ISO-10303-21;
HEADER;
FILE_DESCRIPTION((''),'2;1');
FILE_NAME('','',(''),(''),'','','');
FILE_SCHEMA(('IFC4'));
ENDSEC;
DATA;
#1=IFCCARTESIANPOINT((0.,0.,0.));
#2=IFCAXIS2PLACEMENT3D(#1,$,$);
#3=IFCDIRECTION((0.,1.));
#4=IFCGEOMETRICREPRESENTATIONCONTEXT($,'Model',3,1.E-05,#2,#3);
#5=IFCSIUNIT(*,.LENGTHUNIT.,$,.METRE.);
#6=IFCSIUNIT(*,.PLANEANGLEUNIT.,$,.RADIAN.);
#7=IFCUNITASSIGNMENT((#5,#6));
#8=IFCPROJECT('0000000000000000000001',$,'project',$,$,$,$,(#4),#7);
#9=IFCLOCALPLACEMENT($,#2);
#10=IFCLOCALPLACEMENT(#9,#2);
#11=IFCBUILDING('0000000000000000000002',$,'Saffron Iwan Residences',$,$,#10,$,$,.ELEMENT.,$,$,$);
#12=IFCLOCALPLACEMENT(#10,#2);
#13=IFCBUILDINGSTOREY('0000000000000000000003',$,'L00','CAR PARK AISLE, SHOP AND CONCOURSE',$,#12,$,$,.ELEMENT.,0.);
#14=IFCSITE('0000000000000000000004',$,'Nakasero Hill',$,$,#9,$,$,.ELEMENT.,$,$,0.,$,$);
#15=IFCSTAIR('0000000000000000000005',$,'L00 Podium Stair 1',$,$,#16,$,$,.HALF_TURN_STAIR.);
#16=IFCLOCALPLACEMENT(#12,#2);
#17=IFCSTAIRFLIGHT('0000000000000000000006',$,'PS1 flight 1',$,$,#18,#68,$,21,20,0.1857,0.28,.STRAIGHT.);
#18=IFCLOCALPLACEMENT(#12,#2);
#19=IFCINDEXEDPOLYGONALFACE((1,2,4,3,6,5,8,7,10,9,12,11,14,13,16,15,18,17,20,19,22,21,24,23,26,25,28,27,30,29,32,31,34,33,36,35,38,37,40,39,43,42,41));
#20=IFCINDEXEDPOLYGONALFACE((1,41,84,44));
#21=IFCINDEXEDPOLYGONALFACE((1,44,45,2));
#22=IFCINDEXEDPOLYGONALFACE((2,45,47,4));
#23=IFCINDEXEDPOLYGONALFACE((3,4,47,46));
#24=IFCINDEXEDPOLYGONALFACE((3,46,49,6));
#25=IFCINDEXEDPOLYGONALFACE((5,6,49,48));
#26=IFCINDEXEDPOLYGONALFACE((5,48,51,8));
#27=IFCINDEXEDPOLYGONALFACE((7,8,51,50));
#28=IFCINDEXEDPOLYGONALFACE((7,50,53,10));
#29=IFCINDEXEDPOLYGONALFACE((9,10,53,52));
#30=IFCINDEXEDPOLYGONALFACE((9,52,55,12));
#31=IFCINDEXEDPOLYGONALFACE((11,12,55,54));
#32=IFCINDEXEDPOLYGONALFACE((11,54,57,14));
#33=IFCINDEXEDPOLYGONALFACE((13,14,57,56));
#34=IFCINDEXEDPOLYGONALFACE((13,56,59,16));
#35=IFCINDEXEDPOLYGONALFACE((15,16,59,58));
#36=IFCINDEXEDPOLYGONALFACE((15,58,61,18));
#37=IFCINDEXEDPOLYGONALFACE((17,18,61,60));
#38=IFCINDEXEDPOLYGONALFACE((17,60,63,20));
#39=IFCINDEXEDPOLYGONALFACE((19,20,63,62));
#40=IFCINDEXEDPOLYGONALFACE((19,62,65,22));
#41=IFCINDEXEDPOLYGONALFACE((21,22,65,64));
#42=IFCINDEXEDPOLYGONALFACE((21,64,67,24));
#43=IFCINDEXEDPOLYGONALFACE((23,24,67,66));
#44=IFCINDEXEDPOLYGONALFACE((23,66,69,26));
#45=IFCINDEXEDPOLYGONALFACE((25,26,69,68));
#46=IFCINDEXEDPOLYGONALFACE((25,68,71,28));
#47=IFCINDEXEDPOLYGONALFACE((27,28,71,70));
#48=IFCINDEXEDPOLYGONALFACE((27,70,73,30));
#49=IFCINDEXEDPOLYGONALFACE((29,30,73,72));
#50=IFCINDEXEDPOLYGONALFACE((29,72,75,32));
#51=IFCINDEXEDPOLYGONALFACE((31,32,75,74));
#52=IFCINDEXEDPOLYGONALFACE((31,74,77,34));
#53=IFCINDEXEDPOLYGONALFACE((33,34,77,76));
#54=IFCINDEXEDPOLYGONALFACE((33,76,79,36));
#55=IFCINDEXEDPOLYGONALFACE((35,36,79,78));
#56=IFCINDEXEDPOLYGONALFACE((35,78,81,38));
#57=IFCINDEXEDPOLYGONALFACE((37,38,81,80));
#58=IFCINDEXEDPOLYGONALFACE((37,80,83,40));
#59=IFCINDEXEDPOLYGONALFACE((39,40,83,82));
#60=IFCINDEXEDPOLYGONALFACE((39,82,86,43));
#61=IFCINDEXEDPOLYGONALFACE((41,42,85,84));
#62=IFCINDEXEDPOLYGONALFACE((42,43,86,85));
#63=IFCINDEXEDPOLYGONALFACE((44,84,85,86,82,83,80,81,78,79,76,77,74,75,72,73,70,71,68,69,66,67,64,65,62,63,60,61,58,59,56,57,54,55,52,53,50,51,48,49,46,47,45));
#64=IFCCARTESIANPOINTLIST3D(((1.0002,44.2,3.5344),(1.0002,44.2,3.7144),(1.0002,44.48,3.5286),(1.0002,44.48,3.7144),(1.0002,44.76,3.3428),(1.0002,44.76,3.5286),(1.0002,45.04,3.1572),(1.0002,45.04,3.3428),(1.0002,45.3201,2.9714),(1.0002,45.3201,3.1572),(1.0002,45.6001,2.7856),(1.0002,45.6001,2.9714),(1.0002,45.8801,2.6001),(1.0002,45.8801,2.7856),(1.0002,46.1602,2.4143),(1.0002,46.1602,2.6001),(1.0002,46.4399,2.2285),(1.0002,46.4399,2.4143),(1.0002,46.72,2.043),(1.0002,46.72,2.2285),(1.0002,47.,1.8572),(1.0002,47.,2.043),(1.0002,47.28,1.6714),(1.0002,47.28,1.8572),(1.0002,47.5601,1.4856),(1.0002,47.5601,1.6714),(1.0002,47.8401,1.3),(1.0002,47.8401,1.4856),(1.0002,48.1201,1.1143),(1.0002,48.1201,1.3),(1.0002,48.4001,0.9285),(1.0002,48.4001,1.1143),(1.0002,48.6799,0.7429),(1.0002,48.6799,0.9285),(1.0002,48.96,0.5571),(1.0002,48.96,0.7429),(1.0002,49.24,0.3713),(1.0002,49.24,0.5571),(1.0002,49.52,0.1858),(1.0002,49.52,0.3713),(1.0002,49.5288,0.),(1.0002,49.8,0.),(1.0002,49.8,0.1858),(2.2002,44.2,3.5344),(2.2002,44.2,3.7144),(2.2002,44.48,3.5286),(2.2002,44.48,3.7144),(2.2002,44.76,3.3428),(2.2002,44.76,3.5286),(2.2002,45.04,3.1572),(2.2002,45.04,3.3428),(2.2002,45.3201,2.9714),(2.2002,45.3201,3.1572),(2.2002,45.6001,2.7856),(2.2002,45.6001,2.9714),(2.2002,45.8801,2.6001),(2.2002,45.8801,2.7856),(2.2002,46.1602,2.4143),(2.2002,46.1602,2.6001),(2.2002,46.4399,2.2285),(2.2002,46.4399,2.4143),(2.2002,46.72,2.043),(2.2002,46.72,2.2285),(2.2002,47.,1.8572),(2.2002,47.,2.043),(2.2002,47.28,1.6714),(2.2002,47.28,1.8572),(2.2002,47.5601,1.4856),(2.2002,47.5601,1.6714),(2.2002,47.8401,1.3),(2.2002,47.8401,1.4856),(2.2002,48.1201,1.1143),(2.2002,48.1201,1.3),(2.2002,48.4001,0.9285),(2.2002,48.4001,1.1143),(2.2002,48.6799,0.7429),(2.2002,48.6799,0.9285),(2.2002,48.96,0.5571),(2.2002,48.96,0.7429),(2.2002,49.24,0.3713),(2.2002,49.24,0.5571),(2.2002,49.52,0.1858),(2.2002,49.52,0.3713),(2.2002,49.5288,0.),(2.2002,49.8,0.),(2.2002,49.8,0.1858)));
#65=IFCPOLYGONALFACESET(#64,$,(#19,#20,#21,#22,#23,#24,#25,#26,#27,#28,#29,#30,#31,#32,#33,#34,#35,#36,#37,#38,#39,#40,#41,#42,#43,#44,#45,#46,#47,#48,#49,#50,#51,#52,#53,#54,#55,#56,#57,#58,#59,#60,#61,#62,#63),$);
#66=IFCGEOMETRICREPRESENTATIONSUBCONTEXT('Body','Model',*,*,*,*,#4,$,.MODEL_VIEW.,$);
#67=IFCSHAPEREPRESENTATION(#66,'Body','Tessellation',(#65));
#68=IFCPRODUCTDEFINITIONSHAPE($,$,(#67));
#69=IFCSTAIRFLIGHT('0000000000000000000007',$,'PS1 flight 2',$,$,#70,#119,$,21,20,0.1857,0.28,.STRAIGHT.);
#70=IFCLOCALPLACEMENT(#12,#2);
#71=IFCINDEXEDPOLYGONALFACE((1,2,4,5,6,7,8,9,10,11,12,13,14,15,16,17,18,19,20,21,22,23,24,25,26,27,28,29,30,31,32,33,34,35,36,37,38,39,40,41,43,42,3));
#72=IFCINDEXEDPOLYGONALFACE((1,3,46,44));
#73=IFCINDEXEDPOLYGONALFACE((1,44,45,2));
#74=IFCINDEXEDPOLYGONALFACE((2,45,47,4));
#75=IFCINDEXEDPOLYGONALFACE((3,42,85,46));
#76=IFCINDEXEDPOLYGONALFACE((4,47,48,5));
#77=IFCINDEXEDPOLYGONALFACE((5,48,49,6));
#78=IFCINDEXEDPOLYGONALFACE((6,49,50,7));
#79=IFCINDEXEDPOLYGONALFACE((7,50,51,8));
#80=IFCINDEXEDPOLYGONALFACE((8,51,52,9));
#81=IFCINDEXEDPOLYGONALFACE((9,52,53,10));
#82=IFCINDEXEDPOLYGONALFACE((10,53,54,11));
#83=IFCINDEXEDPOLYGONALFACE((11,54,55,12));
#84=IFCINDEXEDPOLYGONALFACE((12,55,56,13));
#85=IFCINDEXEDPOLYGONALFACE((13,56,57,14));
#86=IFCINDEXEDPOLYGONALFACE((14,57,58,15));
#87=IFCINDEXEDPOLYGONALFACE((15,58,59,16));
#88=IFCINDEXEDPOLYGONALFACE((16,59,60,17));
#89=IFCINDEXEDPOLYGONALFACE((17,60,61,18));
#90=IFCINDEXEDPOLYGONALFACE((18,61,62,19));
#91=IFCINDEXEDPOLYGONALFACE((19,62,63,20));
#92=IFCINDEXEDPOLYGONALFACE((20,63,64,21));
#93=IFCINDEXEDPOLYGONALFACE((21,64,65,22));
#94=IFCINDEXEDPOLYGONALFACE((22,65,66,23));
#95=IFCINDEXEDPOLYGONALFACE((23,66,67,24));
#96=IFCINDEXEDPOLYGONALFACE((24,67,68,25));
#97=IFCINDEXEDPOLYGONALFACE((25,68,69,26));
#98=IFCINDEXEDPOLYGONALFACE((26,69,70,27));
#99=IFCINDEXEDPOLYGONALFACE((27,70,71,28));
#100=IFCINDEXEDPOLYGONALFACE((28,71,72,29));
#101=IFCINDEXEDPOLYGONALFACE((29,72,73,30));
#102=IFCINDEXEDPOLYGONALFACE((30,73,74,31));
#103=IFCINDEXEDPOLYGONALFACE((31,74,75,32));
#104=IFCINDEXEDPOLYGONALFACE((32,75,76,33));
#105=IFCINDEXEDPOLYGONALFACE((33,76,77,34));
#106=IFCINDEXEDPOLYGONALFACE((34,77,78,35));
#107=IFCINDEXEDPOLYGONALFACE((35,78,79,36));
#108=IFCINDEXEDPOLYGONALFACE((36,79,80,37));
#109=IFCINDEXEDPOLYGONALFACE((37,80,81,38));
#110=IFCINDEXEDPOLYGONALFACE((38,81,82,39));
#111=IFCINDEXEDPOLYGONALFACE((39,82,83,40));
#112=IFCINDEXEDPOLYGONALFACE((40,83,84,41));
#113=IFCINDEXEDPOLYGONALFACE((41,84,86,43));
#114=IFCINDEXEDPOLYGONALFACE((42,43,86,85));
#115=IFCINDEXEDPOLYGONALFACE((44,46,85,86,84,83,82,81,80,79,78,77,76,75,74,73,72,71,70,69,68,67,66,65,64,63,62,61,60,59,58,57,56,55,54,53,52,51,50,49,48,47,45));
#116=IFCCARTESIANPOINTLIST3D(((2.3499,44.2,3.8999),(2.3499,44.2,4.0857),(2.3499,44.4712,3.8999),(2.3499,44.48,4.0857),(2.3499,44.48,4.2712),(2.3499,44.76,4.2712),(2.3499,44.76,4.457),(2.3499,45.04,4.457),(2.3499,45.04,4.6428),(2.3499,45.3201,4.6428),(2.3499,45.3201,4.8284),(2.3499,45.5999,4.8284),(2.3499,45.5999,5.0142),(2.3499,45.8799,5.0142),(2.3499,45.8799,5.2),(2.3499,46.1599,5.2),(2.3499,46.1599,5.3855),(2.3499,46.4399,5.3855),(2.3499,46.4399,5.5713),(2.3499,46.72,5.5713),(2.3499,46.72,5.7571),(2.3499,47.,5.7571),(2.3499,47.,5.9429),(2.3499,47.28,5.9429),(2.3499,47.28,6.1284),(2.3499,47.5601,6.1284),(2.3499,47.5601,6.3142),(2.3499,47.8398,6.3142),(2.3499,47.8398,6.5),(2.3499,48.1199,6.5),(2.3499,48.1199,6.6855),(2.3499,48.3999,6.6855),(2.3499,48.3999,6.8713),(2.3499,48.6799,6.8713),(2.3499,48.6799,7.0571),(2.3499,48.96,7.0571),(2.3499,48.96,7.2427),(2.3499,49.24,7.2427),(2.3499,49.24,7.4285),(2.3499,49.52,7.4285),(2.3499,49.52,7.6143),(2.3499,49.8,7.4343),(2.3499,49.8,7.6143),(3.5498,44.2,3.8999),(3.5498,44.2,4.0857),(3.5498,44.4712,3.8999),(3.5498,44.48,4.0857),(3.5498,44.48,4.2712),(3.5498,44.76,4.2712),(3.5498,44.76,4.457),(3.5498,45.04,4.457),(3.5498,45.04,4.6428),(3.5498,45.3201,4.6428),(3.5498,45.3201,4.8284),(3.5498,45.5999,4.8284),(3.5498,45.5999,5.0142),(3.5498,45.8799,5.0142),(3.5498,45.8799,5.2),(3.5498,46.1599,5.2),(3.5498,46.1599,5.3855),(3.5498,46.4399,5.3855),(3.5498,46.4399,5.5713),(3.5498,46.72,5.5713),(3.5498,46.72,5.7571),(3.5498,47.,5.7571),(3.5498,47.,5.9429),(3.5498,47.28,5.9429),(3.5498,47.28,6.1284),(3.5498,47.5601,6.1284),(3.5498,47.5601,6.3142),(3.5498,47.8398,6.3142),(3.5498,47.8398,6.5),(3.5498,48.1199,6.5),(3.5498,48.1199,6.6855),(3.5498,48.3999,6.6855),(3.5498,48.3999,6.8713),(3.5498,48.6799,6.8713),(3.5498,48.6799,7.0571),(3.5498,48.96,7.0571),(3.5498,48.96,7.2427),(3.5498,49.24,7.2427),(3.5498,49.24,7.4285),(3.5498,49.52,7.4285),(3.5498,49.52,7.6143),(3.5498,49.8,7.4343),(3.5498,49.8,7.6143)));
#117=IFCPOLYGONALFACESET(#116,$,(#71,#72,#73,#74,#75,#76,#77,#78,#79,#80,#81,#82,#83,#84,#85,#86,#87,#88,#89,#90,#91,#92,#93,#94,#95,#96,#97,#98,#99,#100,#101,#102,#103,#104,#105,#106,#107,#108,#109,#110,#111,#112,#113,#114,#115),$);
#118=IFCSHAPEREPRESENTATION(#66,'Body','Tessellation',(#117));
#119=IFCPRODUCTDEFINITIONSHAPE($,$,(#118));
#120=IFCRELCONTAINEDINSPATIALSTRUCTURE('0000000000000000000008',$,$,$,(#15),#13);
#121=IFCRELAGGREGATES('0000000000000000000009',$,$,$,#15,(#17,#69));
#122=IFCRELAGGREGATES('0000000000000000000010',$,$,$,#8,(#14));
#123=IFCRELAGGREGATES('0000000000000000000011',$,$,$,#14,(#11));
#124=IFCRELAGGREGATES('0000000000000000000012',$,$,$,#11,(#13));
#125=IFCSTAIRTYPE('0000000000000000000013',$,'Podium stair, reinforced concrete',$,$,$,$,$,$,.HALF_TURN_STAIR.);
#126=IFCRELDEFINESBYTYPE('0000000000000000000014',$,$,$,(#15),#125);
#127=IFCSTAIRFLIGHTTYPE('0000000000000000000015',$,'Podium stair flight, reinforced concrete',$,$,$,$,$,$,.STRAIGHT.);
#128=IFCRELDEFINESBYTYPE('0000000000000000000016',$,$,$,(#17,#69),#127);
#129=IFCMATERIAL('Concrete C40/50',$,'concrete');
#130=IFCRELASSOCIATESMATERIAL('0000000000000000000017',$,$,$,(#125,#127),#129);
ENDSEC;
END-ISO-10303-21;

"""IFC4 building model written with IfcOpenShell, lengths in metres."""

from ifc_helpers import new_model, si_unit, direction, frame, origin, place, context, subcontext, project, spatial, polyline, outline, extrude, material, type_object, element, aggregate, save


model = new_model("IFC4")

# Units and contexts
model_context = context("Model", 3, precision=1e-05, world=origin(), true_north=direction((0.0, 1.0)))
body_context = subcontext(model_context, "Body", "Model", "MODEL_VIEW")
ifc_project = project(units=[si_unit("LENGTHUNIT", "METRE"), si_unit("PLANEANGLEUNIT", "RADIAN")], contexts=[model_context])

# Site, building, storey
site_placement = place(None, origin())
site = spatial("IfcSite", under=ifc_project, at=site_placement, Name="Nakasero Hill", CompositionType="ELEMENT", RefElevation=0.0)
building_placement = place(site_placement, origin())
building = spatial("IfcBuilding", under=site, at=building_placement, Name="Saffron Iwan Residences", CompositionType="ELEMENT")
storey_placement = place(building_placement, origin())
storey = spatial("IfcBuildingStorey", under=building, at=storey_placement, Name="L00", Description="CAR PARK AISLE, SHOP AND CONCOURSE", CompositionType="ELEMENT", Elevation=0.0)

# Shared definitions
ifc_material_1 = material(Name="Concrete C40/50", Category="concrete")

# Stair, stair flights
stair_type = type_object("IfcStairType", Name="Podium stair, reinforced concrete", PredefinedType="HALF_TURN_STAIR", material=ifc_material_1)
stair_placement = place(storey_placement, origin())
stair = element("IfcStair", 1, at=stair_placement, inside=storey, type_object=stair_type, Name="L00 Podium Stair 1", PredefinedType="HALF_TURN_STAIR")
stair_flight_type = type_object("IfcStairFlightType", Name="Podium stair flight, reinforced concrete", PredefinedType="STRAIGHT", material=ifc_material_1)
stair_flight_1_placement = place(storey_placement, frame((1.6001, 49.8, 0.0), z_axis=(0.0, 0.0, 1.0), x_axis=(0.0, -1.0, 0.0)))
stair_flight_1 = element("IfcStairFlight", 2, at=stair_flight_1_placement, type_object=stair_flight_type, Name="PS1 flight 1", NumberOfRisers=21, NumberOfTreads=20, PredefinedType="STRAIGHT", RiserHeight=0.1857, TreadLength=0.28, context=body_context, shape_type="SweptSolid", body=[
    extrude(outline(polyline([(0.0, 0.0), (0.0, 0.1858), (0.28, 0.1858), (0.28, 0.3713), (0.5601, 0.3713), (0.5601, 0.5571), (0.8401, 0.5571), (0.8401, 0.7429), (1.1201, 0.7429), (1.1201, 0.9285), (1.3999, 0.9285), (1.3999, 1.1143), (1.6799, 1.1143), (1.6799, 1.3), (1.96, 1.3), (1.96, 1.4856), (2.24, 1.4856), (2.24, 1.6714), (2.52, 1.6714), (2.52, 1.8572), (2.8, 1.8572), (2.8, 2.043), (3.0801, 2.043), (3.0801, 2.2285), (3.3601, 2.2285), (3.3601, 2.4143), (3.6399, 2.4143), (3.6399, 2.6001), (3.9199, 2.6001), (3.9199, 2.7856), (4.2, 2.7856), (4.2, 2.9714), (4.48, 2.9714), (4.48, 3.1572), (4.76, 3.1572), (4.76, 3.3428), (5.04, 3.3428), (5.04, 3.5286), (5.3201, 3.5286), (5.3201, 3.7144), (5.6001, 3.7144), (5.6001, 3.8999), (5.6001, 3.5344), (0.2712, 0.0), (0.0, 0.0)])), frame((0.0, 0.6001, 0.0), z_axis=(0.0, -1.0, 0.0), x_axis=(1.0, 0.0, 0.0)), (0.0, 0.0, 1.0), 1.2),
])
stair_flight_2_placement = place(storey_placement, frame((2.95, 44.2, 3.8999), z_axis=(0.0, 0.0, 1.0), x_axis=(0.0, 1.0, 0.0)))
stair_flight_2 = element("IfcStairFlight", 3, at=stair_flight_2_placement, type_object=stair_flight_type, Name="PS1 flight 2", NumberOfRisers=21, NumberOfTreads=20, PredefinedType="STRAIGHT", RiserHeight=0.1857, TreadLength=0.28, context=body_context, shape_type="SweptSolid", body=[
    extrude(outline(polyline([(0.0, 0.0), (0.0, 0.1858), (0.28, 0.1858), (0.28, 0.3713), (0.5601, 0.3713), (0.5601, 0.5571), (0.8401, 0.5571), (0.8401, 0.7429), (1.1201, 0.7429), (1.1201, 0.9285), (1.3999, 0.9285), (1.3999, 1.1143), (1.6799, 1.1143), (1.6799, 1.3), (1.96, 1.3), (1.96, 1.4856), (2.24, 1.4856), (2.24, 1.6714), (2.52, 1.6714), (2.52, 1.8572), (2.8, 1.8572), (2.8, 2.043), (3.0801, 2.043), (3.0801, 2.2285), (3.3601, 2.2285), (3.3601, 2.4143), (3.6399, 2.4143), (3.6399, 2.6001), (3.9199, 2.6001), (3.9199, 2.7856), (4.2, 2.7856), (4.2, 2.9714), (4.48, 2.9714), (4.48, 3.1572), (4.76, 3.1572), (4.76, 3.3428), (5.04, 3.3428), (5.04, 3.5286), (5.3201, 3.5286), (5.3201, 3.7144), (5.6001, 3.7144), (5.6001, 3.8999), (5.6001, 3.5344), (0.2712, 0.0), (0.0, 0.0)])), frame((0.0, 0.6001, 0.0), z_axis=(0.0, -1.0, 0.0), x_axis=(1.0, 0.0, 0.0)), (0.0, 0.0, 1.0), 1.2),
])
aggregate(stair, [stair_flight_1, stair_flight_2])

save(model, "model.ifc")
